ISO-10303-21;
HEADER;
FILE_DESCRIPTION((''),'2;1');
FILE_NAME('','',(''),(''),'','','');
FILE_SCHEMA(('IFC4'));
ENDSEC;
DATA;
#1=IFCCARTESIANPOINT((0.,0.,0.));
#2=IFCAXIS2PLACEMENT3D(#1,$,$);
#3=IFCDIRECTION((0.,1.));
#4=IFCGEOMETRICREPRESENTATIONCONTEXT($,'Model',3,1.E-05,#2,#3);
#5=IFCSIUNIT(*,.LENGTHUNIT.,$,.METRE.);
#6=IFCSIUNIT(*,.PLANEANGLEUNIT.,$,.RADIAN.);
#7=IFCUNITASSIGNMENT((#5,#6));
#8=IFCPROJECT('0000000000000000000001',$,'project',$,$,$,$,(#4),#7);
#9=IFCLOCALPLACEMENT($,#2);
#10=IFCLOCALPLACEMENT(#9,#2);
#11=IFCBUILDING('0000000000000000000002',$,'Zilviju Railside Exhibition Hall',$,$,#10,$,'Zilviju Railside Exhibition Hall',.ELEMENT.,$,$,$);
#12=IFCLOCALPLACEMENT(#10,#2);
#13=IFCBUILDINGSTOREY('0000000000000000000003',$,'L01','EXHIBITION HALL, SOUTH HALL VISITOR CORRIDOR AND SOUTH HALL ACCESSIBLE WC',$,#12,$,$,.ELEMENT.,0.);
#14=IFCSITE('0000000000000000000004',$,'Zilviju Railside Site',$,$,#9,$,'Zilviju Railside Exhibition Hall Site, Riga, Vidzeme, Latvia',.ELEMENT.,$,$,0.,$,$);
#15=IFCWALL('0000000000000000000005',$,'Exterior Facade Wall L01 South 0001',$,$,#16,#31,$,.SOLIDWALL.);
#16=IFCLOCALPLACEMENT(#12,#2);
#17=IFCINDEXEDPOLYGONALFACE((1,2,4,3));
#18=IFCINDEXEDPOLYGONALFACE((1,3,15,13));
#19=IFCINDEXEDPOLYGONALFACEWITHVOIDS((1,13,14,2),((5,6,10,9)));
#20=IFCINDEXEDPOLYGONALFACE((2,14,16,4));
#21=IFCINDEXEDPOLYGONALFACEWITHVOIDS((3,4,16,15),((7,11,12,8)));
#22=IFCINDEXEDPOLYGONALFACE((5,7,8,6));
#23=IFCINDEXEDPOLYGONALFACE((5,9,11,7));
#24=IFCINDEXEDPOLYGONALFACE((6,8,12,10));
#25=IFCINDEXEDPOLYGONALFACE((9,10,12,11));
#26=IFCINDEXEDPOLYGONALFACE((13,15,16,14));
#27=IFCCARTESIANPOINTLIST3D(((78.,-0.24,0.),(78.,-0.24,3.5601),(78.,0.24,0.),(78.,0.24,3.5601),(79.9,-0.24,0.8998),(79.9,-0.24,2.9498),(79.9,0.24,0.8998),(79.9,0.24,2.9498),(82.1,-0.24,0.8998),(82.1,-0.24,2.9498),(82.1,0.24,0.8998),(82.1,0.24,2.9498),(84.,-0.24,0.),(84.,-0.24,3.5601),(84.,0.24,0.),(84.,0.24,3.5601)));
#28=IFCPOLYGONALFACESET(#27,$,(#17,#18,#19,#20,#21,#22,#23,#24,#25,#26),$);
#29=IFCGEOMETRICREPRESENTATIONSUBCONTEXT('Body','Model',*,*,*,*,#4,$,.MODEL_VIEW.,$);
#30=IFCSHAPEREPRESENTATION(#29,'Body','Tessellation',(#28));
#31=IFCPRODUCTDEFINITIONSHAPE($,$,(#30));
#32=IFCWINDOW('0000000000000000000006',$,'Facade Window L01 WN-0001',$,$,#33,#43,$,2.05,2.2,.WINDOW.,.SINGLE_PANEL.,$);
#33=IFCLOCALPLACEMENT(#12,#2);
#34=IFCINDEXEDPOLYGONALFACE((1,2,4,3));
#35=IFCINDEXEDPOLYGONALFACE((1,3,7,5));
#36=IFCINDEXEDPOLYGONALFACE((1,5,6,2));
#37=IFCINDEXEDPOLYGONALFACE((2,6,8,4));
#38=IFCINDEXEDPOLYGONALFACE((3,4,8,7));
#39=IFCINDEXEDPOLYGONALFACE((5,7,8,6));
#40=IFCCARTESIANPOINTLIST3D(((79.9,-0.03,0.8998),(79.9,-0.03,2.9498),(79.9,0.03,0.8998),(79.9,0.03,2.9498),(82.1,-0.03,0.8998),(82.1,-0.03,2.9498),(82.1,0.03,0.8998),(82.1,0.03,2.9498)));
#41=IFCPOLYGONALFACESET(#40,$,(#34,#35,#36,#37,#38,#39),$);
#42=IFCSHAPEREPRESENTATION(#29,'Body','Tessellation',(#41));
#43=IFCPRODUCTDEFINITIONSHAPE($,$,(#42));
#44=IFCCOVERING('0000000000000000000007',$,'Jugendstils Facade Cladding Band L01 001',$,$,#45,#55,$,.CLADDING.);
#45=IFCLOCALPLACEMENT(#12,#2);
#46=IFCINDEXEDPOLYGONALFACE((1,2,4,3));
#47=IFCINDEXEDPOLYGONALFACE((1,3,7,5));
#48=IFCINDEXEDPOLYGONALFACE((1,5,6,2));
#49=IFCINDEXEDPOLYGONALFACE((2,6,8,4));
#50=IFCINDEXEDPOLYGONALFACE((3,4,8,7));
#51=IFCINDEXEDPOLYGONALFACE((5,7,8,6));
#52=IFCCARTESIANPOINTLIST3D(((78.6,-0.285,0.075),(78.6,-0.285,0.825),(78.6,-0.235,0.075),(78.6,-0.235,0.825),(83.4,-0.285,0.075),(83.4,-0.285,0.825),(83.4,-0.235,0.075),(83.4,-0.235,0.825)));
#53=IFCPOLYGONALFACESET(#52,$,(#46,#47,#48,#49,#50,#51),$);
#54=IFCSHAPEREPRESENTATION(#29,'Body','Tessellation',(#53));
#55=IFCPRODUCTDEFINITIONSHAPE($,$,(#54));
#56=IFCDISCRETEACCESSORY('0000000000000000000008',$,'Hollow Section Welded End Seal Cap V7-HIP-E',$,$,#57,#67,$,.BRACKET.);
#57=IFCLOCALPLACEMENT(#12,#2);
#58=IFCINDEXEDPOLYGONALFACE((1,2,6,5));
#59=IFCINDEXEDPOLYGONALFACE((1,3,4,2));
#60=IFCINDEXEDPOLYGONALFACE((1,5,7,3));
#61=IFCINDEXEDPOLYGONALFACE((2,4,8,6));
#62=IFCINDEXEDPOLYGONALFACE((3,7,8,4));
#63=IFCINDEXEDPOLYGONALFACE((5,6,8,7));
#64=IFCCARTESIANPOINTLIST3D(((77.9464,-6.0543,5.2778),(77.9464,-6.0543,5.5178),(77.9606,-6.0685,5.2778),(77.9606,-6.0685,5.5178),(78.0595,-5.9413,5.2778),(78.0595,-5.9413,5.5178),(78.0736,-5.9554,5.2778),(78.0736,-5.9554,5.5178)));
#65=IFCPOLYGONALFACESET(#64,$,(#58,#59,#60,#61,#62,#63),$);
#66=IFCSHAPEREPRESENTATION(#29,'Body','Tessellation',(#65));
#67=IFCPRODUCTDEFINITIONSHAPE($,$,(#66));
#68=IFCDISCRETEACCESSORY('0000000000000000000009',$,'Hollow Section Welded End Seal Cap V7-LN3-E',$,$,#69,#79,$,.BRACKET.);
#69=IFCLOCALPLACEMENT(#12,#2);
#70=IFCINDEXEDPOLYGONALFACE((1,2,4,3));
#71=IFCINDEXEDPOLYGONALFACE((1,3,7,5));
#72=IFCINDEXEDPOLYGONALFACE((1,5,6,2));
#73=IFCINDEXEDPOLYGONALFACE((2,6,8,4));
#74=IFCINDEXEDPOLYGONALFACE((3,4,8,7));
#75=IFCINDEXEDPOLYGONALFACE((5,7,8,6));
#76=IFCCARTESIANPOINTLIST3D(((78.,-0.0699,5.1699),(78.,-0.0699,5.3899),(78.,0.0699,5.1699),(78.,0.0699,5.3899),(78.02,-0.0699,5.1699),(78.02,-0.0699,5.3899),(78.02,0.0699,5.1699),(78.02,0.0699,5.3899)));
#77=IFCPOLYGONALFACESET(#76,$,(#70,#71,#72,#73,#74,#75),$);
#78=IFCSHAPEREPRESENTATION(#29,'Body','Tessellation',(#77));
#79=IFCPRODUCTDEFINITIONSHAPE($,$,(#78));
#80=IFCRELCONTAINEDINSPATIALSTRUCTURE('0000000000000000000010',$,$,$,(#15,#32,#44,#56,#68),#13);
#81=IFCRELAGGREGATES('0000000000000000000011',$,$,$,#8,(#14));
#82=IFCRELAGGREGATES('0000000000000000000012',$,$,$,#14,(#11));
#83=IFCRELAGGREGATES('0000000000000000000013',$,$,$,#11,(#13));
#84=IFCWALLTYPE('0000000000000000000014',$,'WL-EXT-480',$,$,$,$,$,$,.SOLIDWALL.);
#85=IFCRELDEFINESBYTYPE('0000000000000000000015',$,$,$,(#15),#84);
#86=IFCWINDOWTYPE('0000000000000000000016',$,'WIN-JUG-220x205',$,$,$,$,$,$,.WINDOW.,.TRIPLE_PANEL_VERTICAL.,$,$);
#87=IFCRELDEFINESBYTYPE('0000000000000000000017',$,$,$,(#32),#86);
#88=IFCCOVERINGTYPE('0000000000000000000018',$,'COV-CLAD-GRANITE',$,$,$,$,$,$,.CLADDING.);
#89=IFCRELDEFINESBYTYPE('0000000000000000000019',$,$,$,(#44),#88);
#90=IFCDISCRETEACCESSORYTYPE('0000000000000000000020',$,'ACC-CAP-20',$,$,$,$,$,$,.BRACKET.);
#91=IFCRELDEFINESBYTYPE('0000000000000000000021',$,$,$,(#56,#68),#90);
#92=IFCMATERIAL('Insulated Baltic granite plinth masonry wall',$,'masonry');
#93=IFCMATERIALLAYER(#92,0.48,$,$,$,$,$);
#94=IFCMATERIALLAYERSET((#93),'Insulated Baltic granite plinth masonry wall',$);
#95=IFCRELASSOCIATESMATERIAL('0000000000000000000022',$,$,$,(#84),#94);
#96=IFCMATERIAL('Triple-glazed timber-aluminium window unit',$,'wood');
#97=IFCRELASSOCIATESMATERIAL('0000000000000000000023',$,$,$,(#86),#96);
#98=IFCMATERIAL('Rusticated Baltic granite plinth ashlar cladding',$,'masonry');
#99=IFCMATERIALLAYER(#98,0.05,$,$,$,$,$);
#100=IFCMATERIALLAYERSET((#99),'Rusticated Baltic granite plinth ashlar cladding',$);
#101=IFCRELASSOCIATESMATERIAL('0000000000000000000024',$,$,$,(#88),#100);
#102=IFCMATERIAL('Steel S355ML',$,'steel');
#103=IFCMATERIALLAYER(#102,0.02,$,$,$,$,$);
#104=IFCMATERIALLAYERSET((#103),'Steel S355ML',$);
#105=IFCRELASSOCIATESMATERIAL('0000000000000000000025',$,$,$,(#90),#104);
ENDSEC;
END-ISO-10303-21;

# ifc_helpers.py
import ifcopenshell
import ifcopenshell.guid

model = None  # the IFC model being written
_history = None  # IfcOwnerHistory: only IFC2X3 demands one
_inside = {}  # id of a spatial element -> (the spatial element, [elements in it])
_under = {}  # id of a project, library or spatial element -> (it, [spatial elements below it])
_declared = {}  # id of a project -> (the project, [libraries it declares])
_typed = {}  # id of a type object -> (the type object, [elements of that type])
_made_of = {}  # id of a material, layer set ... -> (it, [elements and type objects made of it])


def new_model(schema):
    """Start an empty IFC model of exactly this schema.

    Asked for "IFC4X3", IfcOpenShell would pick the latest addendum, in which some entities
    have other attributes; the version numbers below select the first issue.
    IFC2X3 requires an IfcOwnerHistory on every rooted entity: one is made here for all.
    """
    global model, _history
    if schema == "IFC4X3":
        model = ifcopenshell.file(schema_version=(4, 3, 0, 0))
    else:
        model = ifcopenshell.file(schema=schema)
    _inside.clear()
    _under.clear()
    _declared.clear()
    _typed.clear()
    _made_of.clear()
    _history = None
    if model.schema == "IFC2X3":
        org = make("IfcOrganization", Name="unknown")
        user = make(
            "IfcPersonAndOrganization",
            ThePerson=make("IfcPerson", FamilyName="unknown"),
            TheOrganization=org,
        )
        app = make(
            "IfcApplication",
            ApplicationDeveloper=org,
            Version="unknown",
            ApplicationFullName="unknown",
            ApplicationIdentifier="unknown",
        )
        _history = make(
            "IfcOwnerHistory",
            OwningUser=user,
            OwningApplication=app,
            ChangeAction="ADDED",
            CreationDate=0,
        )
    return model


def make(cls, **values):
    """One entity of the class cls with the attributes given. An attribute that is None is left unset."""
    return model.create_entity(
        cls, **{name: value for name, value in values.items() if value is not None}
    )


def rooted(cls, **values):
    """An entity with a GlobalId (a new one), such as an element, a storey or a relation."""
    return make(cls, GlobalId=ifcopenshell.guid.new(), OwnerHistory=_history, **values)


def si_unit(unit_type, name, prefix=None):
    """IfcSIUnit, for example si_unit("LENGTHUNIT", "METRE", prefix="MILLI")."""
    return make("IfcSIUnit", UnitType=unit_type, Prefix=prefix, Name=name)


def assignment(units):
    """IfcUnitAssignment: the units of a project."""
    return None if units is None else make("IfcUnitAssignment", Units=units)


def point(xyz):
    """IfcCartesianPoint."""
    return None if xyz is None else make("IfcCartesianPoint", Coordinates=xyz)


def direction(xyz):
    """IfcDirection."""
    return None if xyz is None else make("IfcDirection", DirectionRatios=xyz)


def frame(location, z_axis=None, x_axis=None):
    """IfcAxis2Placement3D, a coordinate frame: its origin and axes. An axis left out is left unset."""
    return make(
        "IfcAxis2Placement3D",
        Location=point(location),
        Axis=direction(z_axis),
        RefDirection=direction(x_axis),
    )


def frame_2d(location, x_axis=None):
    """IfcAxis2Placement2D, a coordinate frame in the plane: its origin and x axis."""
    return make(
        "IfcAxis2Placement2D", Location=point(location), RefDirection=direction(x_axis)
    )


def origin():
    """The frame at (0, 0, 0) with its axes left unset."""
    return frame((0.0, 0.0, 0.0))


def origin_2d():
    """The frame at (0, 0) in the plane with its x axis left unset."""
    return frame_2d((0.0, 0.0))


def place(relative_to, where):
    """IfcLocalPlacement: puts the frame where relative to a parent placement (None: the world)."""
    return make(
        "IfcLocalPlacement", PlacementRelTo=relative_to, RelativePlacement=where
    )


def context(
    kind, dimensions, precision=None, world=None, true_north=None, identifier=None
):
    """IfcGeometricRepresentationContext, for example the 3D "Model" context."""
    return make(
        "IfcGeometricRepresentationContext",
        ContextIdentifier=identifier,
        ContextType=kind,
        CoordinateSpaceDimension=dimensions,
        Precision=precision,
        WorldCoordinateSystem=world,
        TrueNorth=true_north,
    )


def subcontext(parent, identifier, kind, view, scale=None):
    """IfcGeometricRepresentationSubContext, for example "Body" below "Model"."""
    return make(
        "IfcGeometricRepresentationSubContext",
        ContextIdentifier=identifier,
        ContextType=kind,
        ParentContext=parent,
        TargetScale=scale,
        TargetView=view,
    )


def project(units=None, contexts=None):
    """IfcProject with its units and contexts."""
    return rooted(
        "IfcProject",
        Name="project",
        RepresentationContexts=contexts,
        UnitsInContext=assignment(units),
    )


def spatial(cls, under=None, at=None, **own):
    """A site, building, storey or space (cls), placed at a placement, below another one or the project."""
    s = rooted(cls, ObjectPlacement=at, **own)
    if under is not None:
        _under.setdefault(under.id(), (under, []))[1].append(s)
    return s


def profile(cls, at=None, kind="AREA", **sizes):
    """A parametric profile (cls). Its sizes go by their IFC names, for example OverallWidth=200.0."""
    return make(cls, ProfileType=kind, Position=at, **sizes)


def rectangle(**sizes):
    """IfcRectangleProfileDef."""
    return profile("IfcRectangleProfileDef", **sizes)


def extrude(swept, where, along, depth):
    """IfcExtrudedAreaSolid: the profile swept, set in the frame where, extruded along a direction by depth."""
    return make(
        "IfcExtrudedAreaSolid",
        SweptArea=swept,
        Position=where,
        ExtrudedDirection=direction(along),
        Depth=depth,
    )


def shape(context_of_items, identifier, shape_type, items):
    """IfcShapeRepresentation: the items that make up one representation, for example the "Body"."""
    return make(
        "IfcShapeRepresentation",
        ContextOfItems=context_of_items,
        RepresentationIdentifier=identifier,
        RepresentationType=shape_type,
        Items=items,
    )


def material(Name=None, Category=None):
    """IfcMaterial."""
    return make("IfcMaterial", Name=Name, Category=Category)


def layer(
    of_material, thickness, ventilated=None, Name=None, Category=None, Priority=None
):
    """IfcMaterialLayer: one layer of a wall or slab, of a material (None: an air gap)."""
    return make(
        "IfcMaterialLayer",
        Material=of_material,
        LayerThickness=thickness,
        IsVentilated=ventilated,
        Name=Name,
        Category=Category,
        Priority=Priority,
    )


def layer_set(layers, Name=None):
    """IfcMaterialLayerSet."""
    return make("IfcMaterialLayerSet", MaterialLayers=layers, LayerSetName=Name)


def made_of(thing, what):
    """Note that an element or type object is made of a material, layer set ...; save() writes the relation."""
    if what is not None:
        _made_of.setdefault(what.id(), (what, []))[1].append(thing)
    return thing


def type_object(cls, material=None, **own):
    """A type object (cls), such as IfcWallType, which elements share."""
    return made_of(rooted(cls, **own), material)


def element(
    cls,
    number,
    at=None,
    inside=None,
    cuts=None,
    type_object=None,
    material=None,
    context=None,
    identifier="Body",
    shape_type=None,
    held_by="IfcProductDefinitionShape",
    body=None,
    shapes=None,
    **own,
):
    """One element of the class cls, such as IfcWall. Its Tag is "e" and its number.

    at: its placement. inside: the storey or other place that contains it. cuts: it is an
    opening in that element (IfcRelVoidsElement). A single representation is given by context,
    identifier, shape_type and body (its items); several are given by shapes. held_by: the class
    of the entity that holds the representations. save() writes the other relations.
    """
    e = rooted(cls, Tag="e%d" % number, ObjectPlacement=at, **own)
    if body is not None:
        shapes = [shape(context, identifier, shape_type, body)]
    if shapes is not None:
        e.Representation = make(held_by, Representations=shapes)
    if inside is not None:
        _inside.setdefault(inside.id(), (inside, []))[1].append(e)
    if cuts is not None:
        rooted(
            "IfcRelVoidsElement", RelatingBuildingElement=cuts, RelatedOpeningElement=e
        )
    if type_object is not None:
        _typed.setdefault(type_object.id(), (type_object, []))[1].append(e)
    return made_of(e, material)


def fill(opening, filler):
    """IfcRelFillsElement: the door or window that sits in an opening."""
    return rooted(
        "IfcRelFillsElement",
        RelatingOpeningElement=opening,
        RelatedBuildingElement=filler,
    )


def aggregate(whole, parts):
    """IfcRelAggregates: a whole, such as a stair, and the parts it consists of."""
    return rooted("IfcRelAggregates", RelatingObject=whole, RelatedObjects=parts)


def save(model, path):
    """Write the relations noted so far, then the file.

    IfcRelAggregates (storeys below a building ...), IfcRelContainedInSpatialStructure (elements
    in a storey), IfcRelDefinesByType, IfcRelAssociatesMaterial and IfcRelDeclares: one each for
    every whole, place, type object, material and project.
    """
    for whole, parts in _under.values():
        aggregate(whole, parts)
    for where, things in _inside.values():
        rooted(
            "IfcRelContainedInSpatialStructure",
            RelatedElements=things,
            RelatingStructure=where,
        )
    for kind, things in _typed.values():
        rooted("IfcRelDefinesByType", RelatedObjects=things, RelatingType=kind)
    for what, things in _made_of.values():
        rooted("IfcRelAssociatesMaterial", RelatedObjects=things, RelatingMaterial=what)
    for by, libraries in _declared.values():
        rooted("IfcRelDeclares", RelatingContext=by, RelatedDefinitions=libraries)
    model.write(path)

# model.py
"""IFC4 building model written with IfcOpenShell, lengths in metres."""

from ifc_helpers import new_model, si_unit, direction, frame, frame_2d, origin, origin_2d, place, context, subcontext, project, spatial, rectangle, extrude, material, layer, layer_set, type_object, element, fill, save


model = new_model("IFC4")

# Units and contexts
model_context = context("Model", 3, precision=1e-05, world=origin(), true_north=direction((0.0, 1.0)))
body_context = subcontext(model_context, "Body", "Model", "MODEL_VIEW")
ifc_project = project(units=[si_unit("LENGTHUNIT", "METRE"), si_unit("PLANEANGLEUNIT", "RADIAN")], contexts=[model_context])

# Site, building, storey
site_placement = place(None, origin())
site = spatial("IfcSite", under=ifc_project, at=site_placement, Name="Zilviju Railside Site", LongName="Zilviju Railside Exhibition Hall Site, Riga, Vidzeme, Latvia", CompositionType="ELEMENT", RefElevation=0.0)
building_placement = place(site_placement, origin())
building = spatial("IfcBuilding", under=site, at=building_placement, Name="Zilviju Railside Exhibition Hall", LongName="Zilviju Railside Exhibition Hall", CompositionType="ELEMENT")
storey_placement = place(building_placement, origin())
storey = spatial("IfcBuildingStorey", under=building, at=storey_placement, Name="L01", Description="EXHIBITION HALL, SOUTH HALL VISITOR CORRIDOR AND SOUTH HALL ACCESSIBLE WC", CompositionType="ELEMENT", Elevation=0.0)

# Wall, opening, window
ifc_material_1 = material(Name="Insulated Baltic granite plinth masonry wall", Category="masonry")
ifc_layer_1 = layer(ifc_material_1, 0.48)
ifc_layer_set_1 = layer_set([ifc_layer_1], Name="Insulated Baltic granite plinth masonry wall")
wall_type_1 = type_object("IfcWallType", Name="WL-EXT-480", PredefinedType="SOLIDWALL", material=ifc_layer_set_1)
wall_1_placement = place(storey_placement, frame((84.0, 0.0, 0.0), z_axis=(0.0, 0.0, 1.0), x_axis=(-1.0, 0.0, 0.0)))
wall_1 = element("IfcWall", 1, at=wall_1_placement, inside=storey, type_object=wall_type_1, Name="Exterior Facade Wall L01 South 0001", PredefinedType="SOLIDWALL", context=body_context, shape_type="SweptSolid", body=[
    extrude(rectangle(XDim=6.0, YDim=0.48, at=frame_2d((3.0, 0.0))), origin(), (0.0, 0.0, 1.0), 3.5601),
])
opening_1_placement = place(wall_1_placement, frame((1.8999, 0.0, 0.8999)))
opening_1 = element("IfcOpeningElement", 2, at=opening_1_placement, cuts=wall_1, PredefinedType="OPENING", context=body_context, shape_type="SweptSolid", body=[
    extrude(rectangle(XDim=2.2, YDim=2.05, at=frame_2d((1.1001, 1.0249))), frame((0.0, 0.25, 0.0), z_axis=(0.0, -1.0, 0.0), x_axis=(1.0, 0.0, 0.0)), (0.0, 0.0, 1.0), 0.5),
])
ifc_material_2 = material(Name="Triple-glazed timber-aluminium window unit", Category="wood")
window_type = type_object("IfcWindowType", Name="WIN-JUG-220x205", PartitioningType="TRIPLE_PANEL_VERTICAL", PredefinedType="WINDOW", material=ifc_material_2)
window_placement = place(opening_1_placement, origin())
window = element("IfcWindow", 3, at=window_placement, inside=storey, type_object=window_type, Name="Facade Window L01 WN-0001", OverallHeight=2.05, OverallWidth=2.2, PartitioningType="SINGLE_PANEL", PredefinedType="WINDOW", context=body_context, shape_type="SweptSolid", body=[
    extrude(rectangle(XDim=2.2, YDim=2.05, at=frame_2d((1.1001, 1.0249))), frame((0.0, 0.03, 0.0), z_axis=(0.0, -1.0, 0.0), x_axis=(1.0, 0.0, 0.0)), (0.0, 0.0, 1.0), 0.0601),
])
fill(opening_1, window)

# Covering
ifc_material_3 = material(Name="Rusticated Baltic granite plinth ashlar cladding", Category="masonry")
ifc_layer_2 = layer(ifc_material_3, 0.05)
ifc_layer_set_2 = layer_set([ifc_layer_2], Name="Rusticated Baltic granite plinth ashlar cladding")
covering_type = type_object("IfcCoveringType", Name="COV-CLAD-GRANITE", PredefinedType="CLADDING", material=ifc_layer_set_2)
covering_placement = place(storey_placement, frame((81.0, -0.26, 0.075), z_axis=(0.0, 0.0, 1.0), x_axis=(-1.0, 0.0, 0.0)))
element("IfcCovering", 4, at=covering_placement, inside=storey, type_object=covering_type, Name="Jugendstils Facade Cladding Band L01 001", PredefinedType="CLADDING", context=body_context, shape_type="SweptSolid", body=[
    extrude(rectangle(XDim=4.8, YDim=0.05, at=origin_2d()), origin(), (0.0, 0.0, 1.0), 0.75),
])

# Discrete accessories
ifc_material_4 = material(Name="Steel S355ML", Category="steel")
ifc_layer_3 = layer(ifc_material_4, 0.02)
ifc_layer_set_3 = layer_set([ifc_layer_3], Name="Steel S355ML")
discrete_accessory_type = type_object("IfcDiscreteAccessoryType", Name="ACC-CAP-20", PredefinedType="BRACKET", material=ifc_layer_set_3)
discrete_accessory_1_placement = place(storey_placement, frame((78.01, -6.0049, 5.2778), z_axis=(0.0, 0.0, 1.0), x_axis=(0.707107, -0.707107, 0.0)))
element("IfcDiscreteAccessory", 5, at=discrete_accessory_1_placement, inside=storey, type_object=discrete_accessory_type, Name="Hollow Section Welded End Seal Cap V7-HIP-E", PredefinedType="BRACKET", context=body_context, shape_type="SweptSolid", body=[
    extrude(rectangle(XDim=0.02, YDim=0.1599, at=origin_2d()), origin(), (0.0, 0.0, 1.0), 0.24),
])
discrete_accessory_2_placement = place(storey_placement, frame((78.01, 0.0, 5.1699), z_axis=(0.0, 0.0, 1.0), x_axis=(1.0, 0.0, 0.0)))
element("IfcDiscreteAccessory", 6, at=discrete_accessory_2_placement, inside=storey, type_object=discrete_accessory_type, Name="Hollow Section Welded End Seal Cap V7-LN3-E", PredefinedType="BRACKET", context=body_context, shape_type="SweptSolid", body=[
    extrude(rectangle(XDim=0.02, YDim=0.1399, at=origin_2d()), origin(), (0.0, 0.0, 1.0), 0.22),
])

save(model, "model.ifc")
